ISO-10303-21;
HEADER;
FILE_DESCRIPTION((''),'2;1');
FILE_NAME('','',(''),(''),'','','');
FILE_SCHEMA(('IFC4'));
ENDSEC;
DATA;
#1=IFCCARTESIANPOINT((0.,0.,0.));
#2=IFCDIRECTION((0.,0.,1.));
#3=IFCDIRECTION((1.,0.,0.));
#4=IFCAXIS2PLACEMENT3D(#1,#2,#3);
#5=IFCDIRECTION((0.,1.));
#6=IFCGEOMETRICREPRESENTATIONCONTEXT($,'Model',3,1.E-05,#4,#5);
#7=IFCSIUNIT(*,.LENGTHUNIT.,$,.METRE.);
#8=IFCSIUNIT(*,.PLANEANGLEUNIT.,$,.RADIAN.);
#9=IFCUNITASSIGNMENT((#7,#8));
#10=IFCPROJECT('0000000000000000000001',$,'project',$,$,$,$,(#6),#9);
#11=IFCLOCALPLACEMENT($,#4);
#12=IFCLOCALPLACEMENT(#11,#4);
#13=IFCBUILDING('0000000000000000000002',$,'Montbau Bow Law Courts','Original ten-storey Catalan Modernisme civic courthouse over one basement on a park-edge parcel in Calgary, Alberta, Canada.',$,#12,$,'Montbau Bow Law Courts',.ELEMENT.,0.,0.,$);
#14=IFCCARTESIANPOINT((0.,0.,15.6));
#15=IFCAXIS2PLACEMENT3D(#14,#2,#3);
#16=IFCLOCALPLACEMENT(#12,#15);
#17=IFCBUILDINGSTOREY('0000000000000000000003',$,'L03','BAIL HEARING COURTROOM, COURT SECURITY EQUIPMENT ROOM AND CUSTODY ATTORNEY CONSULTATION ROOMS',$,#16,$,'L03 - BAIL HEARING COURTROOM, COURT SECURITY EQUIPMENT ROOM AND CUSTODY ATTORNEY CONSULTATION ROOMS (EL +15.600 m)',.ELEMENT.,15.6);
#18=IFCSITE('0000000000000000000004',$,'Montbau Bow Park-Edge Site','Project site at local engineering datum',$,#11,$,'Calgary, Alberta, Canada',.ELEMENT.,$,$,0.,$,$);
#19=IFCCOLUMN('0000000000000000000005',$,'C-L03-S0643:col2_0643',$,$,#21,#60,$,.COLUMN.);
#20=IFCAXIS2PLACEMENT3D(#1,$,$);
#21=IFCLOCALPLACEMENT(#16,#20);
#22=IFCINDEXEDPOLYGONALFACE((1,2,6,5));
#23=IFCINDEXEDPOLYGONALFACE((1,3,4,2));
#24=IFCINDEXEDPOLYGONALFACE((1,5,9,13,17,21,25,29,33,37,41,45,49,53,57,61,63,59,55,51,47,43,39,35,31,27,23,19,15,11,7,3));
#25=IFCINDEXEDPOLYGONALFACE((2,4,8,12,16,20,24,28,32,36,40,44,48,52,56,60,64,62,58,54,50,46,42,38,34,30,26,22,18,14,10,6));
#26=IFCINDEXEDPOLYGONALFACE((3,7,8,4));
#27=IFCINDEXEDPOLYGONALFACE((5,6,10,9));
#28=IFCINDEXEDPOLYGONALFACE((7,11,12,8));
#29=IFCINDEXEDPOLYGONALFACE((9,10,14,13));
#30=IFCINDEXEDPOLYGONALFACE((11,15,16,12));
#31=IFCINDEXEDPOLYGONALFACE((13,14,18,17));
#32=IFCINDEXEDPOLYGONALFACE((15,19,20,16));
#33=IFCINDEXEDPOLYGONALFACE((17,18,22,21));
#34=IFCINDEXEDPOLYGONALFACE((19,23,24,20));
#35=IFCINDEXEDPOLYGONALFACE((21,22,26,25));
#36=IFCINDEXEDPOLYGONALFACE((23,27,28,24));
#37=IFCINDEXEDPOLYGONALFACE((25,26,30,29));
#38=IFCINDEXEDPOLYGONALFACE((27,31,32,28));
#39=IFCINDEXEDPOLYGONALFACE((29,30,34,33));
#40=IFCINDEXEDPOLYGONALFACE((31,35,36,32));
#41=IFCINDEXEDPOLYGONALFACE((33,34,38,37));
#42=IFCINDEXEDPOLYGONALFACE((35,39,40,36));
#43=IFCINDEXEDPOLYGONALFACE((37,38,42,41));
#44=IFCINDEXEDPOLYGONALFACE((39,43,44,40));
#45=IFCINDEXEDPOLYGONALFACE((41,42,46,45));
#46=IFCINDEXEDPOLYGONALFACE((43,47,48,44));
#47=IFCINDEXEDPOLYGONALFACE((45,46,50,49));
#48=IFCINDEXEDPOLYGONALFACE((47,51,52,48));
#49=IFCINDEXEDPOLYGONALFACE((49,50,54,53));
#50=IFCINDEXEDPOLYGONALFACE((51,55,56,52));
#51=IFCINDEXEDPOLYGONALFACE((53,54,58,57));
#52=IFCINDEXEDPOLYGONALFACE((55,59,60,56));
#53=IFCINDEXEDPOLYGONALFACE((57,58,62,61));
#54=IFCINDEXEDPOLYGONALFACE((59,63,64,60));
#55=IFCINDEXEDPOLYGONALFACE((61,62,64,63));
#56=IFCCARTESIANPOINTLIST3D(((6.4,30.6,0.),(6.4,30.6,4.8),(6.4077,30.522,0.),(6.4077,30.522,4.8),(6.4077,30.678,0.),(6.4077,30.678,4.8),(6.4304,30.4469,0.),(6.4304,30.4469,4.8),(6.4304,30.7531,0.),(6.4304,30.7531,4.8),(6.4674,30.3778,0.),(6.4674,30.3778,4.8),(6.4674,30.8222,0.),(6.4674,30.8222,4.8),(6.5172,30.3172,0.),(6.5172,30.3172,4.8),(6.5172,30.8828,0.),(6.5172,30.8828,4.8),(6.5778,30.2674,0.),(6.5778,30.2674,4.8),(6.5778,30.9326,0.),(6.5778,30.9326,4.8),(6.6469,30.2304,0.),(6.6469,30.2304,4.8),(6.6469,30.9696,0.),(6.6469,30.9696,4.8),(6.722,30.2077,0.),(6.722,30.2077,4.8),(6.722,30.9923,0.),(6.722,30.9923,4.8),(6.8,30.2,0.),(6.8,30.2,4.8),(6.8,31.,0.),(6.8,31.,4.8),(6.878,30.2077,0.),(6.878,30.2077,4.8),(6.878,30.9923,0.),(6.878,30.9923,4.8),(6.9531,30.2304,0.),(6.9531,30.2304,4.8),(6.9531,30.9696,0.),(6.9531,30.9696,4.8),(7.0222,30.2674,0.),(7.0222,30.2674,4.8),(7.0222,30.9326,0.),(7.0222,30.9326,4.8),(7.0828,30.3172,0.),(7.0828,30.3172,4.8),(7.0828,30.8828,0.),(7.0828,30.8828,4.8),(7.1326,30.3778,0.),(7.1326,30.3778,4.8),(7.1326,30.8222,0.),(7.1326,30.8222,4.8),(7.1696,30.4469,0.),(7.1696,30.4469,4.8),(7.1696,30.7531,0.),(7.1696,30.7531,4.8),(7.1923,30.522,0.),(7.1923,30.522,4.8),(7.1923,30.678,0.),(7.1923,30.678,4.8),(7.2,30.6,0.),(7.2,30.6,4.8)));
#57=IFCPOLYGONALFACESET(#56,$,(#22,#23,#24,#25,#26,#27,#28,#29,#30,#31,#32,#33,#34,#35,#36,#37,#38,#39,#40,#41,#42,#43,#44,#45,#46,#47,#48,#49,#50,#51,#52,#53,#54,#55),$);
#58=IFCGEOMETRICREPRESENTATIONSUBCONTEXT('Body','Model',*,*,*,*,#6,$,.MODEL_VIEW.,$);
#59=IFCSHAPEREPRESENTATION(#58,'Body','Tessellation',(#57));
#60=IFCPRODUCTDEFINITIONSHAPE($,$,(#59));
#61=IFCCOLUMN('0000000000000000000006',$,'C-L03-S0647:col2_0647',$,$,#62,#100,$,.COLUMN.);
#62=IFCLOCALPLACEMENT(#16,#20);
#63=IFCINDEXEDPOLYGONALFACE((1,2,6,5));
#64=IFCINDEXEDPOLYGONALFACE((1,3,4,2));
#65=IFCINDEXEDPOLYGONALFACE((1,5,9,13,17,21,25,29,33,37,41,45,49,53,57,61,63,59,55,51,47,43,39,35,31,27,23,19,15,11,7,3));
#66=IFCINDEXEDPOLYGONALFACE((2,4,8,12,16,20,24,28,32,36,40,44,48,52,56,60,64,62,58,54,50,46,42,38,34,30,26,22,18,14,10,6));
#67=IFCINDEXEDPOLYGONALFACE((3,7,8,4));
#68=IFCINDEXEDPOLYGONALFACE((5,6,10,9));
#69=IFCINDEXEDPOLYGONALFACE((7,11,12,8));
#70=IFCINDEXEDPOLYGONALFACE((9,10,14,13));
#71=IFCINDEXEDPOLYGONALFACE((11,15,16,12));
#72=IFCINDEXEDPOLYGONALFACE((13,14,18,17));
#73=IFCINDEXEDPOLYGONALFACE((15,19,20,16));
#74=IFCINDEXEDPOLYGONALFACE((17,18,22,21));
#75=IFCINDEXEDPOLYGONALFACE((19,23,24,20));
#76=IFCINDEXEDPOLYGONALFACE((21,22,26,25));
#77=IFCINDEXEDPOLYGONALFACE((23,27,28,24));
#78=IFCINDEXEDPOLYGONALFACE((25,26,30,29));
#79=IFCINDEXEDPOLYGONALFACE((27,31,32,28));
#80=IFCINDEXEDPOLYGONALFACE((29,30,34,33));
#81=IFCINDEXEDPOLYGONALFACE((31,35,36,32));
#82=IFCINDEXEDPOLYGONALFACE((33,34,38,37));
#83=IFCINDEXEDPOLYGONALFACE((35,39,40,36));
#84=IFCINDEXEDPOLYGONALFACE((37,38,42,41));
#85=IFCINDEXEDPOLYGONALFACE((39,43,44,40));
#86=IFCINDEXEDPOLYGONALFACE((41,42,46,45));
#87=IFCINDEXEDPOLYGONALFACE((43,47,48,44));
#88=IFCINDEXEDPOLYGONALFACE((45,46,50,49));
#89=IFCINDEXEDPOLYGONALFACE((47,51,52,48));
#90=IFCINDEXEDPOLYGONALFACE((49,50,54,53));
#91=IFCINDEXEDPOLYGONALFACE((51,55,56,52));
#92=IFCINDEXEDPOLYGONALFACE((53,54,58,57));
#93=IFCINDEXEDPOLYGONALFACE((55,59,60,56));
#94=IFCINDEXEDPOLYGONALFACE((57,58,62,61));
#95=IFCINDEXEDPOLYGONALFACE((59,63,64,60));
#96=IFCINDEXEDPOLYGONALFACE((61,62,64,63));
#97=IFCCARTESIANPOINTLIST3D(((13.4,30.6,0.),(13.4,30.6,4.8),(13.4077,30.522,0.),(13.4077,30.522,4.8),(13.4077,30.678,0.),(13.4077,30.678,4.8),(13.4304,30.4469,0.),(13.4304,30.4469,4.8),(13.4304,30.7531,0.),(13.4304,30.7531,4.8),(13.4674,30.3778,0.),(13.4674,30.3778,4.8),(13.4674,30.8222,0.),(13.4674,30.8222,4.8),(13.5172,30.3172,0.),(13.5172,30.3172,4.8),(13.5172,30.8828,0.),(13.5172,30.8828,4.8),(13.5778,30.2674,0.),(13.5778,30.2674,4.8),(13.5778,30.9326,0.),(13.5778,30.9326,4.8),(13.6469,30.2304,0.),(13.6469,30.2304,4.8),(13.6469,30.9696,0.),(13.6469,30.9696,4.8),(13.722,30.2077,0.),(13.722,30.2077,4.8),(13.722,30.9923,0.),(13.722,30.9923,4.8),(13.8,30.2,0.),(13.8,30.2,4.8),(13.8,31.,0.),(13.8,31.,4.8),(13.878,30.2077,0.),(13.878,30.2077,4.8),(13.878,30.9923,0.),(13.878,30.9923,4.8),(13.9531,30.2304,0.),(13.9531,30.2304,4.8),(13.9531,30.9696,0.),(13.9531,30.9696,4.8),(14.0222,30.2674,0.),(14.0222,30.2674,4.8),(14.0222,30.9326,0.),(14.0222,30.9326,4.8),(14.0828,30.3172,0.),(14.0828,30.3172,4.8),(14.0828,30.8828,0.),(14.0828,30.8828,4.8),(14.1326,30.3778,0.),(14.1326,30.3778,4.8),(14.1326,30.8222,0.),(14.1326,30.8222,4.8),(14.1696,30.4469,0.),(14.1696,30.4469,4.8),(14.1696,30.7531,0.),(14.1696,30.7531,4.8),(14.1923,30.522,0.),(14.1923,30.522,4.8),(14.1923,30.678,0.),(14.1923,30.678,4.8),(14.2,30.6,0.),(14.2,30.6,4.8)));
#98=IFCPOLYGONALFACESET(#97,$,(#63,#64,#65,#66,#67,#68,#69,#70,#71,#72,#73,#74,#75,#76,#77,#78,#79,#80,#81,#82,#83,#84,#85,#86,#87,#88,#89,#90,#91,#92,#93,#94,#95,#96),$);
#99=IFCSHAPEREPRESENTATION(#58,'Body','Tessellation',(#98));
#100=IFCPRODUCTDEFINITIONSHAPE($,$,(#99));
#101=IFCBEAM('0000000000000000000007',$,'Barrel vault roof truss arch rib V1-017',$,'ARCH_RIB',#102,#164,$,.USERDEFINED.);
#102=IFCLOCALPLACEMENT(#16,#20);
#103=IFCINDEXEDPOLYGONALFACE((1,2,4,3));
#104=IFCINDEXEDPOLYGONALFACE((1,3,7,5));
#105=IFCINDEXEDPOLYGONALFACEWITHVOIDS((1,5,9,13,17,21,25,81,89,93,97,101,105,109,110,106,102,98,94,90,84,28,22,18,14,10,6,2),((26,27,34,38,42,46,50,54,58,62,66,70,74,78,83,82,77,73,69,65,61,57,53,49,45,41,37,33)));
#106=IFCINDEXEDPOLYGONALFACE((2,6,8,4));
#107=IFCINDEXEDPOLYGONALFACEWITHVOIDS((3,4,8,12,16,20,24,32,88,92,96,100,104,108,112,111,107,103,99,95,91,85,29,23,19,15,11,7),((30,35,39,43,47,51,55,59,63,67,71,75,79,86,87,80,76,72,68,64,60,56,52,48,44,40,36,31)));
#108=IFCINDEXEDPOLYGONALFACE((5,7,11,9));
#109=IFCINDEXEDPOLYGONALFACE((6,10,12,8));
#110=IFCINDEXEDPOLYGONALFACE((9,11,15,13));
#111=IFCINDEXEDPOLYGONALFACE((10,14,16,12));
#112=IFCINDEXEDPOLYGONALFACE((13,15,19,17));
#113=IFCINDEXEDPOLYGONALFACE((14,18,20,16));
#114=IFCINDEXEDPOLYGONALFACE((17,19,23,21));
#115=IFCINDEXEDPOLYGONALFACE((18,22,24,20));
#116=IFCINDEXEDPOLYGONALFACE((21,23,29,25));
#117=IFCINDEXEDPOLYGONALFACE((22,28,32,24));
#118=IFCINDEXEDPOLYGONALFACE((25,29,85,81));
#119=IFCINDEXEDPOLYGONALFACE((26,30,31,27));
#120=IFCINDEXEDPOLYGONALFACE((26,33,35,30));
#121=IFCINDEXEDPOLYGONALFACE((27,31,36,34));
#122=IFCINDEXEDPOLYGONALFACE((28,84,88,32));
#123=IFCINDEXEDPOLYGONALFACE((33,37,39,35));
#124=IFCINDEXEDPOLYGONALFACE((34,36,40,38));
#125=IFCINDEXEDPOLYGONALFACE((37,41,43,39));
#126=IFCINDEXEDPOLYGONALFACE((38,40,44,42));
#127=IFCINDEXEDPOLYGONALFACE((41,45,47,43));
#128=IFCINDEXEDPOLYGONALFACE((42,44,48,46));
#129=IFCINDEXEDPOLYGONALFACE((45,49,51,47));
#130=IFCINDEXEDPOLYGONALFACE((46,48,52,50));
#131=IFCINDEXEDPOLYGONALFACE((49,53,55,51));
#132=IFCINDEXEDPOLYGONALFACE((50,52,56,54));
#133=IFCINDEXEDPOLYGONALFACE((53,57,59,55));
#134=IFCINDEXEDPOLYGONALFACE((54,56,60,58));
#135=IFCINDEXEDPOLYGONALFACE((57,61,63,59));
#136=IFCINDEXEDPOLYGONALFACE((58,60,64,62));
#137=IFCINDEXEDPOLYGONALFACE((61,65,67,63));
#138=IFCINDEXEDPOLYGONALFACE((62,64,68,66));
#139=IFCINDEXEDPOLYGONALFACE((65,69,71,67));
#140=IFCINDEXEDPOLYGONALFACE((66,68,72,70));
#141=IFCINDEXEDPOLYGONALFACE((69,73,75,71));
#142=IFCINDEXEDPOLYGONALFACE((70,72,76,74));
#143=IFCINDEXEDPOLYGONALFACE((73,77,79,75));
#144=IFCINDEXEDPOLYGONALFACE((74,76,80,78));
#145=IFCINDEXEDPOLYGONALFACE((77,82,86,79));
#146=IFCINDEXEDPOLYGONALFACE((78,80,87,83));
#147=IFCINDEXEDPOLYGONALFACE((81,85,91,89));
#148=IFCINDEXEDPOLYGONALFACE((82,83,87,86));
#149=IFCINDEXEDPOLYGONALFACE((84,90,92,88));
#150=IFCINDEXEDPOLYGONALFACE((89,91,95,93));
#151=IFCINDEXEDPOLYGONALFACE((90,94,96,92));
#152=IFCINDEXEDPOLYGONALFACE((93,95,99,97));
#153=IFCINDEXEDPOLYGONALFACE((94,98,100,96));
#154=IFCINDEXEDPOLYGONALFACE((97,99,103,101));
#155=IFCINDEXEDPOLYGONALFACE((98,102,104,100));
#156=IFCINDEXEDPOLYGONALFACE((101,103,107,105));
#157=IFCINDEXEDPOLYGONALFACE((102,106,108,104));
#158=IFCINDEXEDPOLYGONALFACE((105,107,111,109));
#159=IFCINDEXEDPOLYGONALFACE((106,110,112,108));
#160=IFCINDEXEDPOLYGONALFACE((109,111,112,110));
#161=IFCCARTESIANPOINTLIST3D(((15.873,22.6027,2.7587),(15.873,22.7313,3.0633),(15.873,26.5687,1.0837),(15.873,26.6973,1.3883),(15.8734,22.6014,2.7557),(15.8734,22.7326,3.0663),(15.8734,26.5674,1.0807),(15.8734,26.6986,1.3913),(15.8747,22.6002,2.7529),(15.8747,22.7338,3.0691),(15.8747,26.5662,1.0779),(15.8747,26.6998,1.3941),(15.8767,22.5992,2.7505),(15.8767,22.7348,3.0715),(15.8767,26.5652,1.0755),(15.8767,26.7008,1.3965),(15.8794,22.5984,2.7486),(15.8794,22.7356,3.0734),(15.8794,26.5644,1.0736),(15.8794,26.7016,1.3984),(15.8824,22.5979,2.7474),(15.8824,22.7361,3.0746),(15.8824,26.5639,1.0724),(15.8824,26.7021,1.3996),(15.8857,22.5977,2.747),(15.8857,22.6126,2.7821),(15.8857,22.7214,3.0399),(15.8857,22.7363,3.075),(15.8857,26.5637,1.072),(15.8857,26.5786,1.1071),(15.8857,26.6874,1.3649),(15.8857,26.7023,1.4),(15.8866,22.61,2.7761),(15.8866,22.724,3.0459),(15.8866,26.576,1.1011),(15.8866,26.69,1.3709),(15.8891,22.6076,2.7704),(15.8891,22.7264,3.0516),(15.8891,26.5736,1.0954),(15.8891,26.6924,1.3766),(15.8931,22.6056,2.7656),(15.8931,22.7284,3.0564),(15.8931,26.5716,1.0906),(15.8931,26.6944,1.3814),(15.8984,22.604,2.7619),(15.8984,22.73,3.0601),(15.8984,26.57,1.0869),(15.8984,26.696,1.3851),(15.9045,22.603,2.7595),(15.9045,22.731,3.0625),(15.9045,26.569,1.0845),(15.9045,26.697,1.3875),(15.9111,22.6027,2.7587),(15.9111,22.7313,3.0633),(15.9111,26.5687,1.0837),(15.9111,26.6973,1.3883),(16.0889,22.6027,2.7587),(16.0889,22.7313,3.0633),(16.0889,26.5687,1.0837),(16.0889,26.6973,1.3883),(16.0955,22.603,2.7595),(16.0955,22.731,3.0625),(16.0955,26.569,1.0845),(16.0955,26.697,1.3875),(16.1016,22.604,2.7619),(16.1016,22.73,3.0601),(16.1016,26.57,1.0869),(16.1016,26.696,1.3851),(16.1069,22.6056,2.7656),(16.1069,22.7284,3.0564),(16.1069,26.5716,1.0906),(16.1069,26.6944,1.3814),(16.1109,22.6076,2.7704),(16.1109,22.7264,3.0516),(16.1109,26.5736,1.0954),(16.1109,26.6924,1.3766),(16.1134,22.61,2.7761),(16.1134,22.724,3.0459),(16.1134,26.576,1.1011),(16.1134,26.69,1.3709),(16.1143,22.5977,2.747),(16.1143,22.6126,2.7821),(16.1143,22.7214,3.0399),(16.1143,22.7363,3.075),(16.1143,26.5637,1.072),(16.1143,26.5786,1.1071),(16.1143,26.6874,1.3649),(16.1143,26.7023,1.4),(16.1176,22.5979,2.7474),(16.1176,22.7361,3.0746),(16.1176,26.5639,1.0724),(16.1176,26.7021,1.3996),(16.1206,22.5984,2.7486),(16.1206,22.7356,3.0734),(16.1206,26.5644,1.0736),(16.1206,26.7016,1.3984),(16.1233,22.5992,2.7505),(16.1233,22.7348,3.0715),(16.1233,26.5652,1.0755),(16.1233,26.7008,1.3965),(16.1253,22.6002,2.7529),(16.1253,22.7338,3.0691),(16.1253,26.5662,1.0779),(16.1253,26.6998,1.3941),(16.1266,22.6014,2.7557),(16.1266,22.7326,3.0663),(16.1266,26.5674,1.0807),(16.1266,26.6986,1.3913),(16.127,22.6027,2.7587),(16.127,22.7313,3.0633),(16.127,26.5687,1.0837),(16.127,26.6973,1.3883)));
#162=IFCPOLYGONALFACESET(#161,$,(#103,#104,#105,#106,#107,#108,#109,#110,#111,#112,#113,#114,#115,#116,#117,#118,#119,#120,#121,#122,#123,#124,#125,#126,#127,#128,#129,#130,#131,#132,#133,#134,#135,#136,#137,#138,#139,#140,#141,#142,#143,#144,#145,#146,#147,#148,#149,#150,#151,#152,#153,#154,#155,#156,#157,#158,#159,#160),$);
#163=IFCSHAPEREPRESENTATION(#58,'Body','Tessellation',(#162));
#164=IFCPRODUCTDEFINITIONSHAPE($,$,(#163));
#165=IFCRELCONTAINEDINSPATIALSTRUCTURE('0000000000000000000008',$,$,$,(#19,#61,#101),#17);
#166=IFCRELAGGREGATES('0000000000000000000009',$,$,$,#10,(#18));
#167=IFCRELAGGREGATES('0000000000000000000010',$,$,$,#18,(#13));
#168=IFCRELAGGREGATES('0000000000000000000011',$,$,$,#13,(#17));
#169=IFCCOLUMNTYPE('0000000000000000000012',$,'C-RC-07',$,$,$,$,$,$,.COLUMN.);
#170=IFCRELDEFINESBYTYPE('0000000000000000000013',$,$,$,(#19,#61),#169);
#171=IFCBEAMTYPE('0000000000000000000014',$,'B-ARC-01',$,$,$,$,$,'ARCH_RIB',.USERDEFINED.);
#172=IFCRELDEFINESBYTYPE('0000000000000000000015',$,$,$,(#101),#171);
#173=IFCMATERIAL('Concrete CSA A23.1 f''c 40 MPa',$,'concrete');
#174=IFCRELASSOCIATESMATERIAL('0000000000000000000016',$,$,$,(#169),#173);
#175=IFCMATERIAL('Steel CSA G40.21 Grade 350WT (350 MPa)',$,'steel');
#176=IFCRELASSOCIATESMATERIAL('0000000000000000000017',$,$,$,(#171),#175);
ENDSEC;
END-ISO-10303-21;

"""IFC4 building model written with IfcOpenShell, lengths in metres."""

from ifc_helpers import new_model, si_unit, direction, frame, origin_with_axes, origin_2d_with_axis, place, context, subcontext, project, spatial, hollow_rectangle, circle, extrude, material, material_profile, profile_set, type_object, element, save


model = new_model("IFC4")

# Units and contexts
model_context = context("Model", 3, precision=1e-05, world=origin_with_axes(), true_north=direction((0.0, 1.0)))
body_context = subcontext(model_context, "Body", "Model", "MODEL_VIEW")
ifc_project = project(units=[si_unit("LENGTHUNIT", "METRE"), si_unit("PLANEANGLEUNIT", "RADIAN")], contexts=[model_context])

# Site, building, storey
site_placement = place(None, origin_with_axes())
site = spatial("IfcSite", under=ifc_project, at=site_placement, Name="Montbau Bow Park-Edge Site", Description="Project site at local engineering datum", LongName="Calgary, Alberta, Canada", CompositionType="ELEMENT", RefElevation=0.0)
building_placement = place(site_placement, origin_with_axes())
building = spatial("IfcBuilding", under=site, at=building_placement, Name="Montbau Bow Law Courts", Description="Original ten-storey Catalan Modernisme civic courthouse over one basement on a park-edge parcel in Calgary, Alberta, Canada.", LongName="Montbau Bow Law Courts", CompositionType="ELEMENT", ElevationOfRefHeight=0.0, ElevationOfTerrain=0.0)
storey_placement = place(building_placement, frame((0.0, 0.0, 15.6), z_axis=(0.0, 0.0, 1.0), x_axis=(1.0, 0.0, 0.0)))
storey = spatial("IfcBuildingStorey", under=building, at=storey_placement, Name="L03", Description="BAIL HEARING COURTROOM, COURT SECURITY EQUIPMENT ROOM AND CUSTODY ATTORNEY CONSULTATION ROOMS", LongName="L03 - BAIL HEARING COURTROOM, COURT SECURITY EQUIPMENT ROOM AND CUSTODY ATTORNEY CONSULTATION ROOMS (EL +15.600 m)", CompositionType="ELEMENT", Elevation=15.6)

# Columns
ifc_material_1 = material(Name="Concrete CSA A23.1 f'c 40 MPa", Category="concrete")
ifc_material_profile_1 = material_profile(ifc_material_1, circle(Radius=0.4, at=origin_2d_with_axis()), Name="RC800D", Category="Main", Priority=0)
ifc_profile_set_1 = profile_set([ifc_material_profile_1], Name="Concrete CSA A23.1 f'c 40 MPa")
column_type = type_object("IfcColumnType", Name="C-RC-07", PredefinedType="COLUMN", material=ifc_profile_set_1)
for number, where, z_axis, x_axis, name in (
    (1, (6.8, 30.6, 15.6), (0.0, 0.0, 1.0), (1.0, 0.0, 0.0), "C-L03-S0643:col2_0643"),
    (2, (13.8, 30.6, 15.6), (0.0, 0.0, 1.0), (1.0, 0.0, 0.0), "C-L03-S0647:col2_0647"),
):
    element("IfcColumn", number, at=place(None, frame(where, z_axis=z_axis, x_axis=x_axis)), inside=storey, type_object=column_type, Name=name, PredefinedType="COLUMN", context=body_context, shape_type="SweptSolid", body=[
        extrude(circle(Radius=0.4, at=origin_2d_with_axis()), origin_with_axes(), (0.0, 0.0, 1.0), 4.8),
    ])

# Beam
ifc_material_2 = material(Name="Steel CSA G40.21 Grade 350WT (350 MPa)", Category="steel")
ifc_material_profile_2 = material_profile(ifc_material_2, hollow_rectangle(XDim=0.254, YDim=0.356, WallThickness=0.0127, InnerFilletRadius=0.0254, OuterFilletRadius=0.0127, at=origin_2d_with_axis()), Name="HSS356X254X13", Category="Main", Priority=0)
ifc_profile_set_2 = profile_set([ifc_material_profile_2], Name="Steel CSA G40.21 Grade 350WT (350 MPa)")
beam_type_1 = type_object("IfcBeamType", Name="B-ARC-01", ElementType="ARCH_RIB", PredefinedType="USERDEFINED", material=ifc_profile_set_2)
beam_1_placement = place(None, frame((16.0, 22.667, 18.511), z_axis=(0.0, 0.921211, -0.389064), x_axis=(-1.0, 0.0, 0.0)))
element("IfcBeam", 3, at=beam_1_placement, inside=storey, type_object=beam_type_1, Name="Barrel vault roof truss arch rib V1-017", ObjectType="ARCH_RIB", PredefinedType="USERDEFINED", context=body_context, shape_type="SweptSolid", body=[
    extrude(hollow_rectangle(XDim=0.254, YDim=0.356, WallThickness=0.0127, InnerFilletRadius=0.0254, OuterFilletRadius=0.0127, at=origin_2d_with_axis()), origin_with_axes(), (0.0, 0.0, 1.0), 4.3052),
])

save(model, "model.ifc")
